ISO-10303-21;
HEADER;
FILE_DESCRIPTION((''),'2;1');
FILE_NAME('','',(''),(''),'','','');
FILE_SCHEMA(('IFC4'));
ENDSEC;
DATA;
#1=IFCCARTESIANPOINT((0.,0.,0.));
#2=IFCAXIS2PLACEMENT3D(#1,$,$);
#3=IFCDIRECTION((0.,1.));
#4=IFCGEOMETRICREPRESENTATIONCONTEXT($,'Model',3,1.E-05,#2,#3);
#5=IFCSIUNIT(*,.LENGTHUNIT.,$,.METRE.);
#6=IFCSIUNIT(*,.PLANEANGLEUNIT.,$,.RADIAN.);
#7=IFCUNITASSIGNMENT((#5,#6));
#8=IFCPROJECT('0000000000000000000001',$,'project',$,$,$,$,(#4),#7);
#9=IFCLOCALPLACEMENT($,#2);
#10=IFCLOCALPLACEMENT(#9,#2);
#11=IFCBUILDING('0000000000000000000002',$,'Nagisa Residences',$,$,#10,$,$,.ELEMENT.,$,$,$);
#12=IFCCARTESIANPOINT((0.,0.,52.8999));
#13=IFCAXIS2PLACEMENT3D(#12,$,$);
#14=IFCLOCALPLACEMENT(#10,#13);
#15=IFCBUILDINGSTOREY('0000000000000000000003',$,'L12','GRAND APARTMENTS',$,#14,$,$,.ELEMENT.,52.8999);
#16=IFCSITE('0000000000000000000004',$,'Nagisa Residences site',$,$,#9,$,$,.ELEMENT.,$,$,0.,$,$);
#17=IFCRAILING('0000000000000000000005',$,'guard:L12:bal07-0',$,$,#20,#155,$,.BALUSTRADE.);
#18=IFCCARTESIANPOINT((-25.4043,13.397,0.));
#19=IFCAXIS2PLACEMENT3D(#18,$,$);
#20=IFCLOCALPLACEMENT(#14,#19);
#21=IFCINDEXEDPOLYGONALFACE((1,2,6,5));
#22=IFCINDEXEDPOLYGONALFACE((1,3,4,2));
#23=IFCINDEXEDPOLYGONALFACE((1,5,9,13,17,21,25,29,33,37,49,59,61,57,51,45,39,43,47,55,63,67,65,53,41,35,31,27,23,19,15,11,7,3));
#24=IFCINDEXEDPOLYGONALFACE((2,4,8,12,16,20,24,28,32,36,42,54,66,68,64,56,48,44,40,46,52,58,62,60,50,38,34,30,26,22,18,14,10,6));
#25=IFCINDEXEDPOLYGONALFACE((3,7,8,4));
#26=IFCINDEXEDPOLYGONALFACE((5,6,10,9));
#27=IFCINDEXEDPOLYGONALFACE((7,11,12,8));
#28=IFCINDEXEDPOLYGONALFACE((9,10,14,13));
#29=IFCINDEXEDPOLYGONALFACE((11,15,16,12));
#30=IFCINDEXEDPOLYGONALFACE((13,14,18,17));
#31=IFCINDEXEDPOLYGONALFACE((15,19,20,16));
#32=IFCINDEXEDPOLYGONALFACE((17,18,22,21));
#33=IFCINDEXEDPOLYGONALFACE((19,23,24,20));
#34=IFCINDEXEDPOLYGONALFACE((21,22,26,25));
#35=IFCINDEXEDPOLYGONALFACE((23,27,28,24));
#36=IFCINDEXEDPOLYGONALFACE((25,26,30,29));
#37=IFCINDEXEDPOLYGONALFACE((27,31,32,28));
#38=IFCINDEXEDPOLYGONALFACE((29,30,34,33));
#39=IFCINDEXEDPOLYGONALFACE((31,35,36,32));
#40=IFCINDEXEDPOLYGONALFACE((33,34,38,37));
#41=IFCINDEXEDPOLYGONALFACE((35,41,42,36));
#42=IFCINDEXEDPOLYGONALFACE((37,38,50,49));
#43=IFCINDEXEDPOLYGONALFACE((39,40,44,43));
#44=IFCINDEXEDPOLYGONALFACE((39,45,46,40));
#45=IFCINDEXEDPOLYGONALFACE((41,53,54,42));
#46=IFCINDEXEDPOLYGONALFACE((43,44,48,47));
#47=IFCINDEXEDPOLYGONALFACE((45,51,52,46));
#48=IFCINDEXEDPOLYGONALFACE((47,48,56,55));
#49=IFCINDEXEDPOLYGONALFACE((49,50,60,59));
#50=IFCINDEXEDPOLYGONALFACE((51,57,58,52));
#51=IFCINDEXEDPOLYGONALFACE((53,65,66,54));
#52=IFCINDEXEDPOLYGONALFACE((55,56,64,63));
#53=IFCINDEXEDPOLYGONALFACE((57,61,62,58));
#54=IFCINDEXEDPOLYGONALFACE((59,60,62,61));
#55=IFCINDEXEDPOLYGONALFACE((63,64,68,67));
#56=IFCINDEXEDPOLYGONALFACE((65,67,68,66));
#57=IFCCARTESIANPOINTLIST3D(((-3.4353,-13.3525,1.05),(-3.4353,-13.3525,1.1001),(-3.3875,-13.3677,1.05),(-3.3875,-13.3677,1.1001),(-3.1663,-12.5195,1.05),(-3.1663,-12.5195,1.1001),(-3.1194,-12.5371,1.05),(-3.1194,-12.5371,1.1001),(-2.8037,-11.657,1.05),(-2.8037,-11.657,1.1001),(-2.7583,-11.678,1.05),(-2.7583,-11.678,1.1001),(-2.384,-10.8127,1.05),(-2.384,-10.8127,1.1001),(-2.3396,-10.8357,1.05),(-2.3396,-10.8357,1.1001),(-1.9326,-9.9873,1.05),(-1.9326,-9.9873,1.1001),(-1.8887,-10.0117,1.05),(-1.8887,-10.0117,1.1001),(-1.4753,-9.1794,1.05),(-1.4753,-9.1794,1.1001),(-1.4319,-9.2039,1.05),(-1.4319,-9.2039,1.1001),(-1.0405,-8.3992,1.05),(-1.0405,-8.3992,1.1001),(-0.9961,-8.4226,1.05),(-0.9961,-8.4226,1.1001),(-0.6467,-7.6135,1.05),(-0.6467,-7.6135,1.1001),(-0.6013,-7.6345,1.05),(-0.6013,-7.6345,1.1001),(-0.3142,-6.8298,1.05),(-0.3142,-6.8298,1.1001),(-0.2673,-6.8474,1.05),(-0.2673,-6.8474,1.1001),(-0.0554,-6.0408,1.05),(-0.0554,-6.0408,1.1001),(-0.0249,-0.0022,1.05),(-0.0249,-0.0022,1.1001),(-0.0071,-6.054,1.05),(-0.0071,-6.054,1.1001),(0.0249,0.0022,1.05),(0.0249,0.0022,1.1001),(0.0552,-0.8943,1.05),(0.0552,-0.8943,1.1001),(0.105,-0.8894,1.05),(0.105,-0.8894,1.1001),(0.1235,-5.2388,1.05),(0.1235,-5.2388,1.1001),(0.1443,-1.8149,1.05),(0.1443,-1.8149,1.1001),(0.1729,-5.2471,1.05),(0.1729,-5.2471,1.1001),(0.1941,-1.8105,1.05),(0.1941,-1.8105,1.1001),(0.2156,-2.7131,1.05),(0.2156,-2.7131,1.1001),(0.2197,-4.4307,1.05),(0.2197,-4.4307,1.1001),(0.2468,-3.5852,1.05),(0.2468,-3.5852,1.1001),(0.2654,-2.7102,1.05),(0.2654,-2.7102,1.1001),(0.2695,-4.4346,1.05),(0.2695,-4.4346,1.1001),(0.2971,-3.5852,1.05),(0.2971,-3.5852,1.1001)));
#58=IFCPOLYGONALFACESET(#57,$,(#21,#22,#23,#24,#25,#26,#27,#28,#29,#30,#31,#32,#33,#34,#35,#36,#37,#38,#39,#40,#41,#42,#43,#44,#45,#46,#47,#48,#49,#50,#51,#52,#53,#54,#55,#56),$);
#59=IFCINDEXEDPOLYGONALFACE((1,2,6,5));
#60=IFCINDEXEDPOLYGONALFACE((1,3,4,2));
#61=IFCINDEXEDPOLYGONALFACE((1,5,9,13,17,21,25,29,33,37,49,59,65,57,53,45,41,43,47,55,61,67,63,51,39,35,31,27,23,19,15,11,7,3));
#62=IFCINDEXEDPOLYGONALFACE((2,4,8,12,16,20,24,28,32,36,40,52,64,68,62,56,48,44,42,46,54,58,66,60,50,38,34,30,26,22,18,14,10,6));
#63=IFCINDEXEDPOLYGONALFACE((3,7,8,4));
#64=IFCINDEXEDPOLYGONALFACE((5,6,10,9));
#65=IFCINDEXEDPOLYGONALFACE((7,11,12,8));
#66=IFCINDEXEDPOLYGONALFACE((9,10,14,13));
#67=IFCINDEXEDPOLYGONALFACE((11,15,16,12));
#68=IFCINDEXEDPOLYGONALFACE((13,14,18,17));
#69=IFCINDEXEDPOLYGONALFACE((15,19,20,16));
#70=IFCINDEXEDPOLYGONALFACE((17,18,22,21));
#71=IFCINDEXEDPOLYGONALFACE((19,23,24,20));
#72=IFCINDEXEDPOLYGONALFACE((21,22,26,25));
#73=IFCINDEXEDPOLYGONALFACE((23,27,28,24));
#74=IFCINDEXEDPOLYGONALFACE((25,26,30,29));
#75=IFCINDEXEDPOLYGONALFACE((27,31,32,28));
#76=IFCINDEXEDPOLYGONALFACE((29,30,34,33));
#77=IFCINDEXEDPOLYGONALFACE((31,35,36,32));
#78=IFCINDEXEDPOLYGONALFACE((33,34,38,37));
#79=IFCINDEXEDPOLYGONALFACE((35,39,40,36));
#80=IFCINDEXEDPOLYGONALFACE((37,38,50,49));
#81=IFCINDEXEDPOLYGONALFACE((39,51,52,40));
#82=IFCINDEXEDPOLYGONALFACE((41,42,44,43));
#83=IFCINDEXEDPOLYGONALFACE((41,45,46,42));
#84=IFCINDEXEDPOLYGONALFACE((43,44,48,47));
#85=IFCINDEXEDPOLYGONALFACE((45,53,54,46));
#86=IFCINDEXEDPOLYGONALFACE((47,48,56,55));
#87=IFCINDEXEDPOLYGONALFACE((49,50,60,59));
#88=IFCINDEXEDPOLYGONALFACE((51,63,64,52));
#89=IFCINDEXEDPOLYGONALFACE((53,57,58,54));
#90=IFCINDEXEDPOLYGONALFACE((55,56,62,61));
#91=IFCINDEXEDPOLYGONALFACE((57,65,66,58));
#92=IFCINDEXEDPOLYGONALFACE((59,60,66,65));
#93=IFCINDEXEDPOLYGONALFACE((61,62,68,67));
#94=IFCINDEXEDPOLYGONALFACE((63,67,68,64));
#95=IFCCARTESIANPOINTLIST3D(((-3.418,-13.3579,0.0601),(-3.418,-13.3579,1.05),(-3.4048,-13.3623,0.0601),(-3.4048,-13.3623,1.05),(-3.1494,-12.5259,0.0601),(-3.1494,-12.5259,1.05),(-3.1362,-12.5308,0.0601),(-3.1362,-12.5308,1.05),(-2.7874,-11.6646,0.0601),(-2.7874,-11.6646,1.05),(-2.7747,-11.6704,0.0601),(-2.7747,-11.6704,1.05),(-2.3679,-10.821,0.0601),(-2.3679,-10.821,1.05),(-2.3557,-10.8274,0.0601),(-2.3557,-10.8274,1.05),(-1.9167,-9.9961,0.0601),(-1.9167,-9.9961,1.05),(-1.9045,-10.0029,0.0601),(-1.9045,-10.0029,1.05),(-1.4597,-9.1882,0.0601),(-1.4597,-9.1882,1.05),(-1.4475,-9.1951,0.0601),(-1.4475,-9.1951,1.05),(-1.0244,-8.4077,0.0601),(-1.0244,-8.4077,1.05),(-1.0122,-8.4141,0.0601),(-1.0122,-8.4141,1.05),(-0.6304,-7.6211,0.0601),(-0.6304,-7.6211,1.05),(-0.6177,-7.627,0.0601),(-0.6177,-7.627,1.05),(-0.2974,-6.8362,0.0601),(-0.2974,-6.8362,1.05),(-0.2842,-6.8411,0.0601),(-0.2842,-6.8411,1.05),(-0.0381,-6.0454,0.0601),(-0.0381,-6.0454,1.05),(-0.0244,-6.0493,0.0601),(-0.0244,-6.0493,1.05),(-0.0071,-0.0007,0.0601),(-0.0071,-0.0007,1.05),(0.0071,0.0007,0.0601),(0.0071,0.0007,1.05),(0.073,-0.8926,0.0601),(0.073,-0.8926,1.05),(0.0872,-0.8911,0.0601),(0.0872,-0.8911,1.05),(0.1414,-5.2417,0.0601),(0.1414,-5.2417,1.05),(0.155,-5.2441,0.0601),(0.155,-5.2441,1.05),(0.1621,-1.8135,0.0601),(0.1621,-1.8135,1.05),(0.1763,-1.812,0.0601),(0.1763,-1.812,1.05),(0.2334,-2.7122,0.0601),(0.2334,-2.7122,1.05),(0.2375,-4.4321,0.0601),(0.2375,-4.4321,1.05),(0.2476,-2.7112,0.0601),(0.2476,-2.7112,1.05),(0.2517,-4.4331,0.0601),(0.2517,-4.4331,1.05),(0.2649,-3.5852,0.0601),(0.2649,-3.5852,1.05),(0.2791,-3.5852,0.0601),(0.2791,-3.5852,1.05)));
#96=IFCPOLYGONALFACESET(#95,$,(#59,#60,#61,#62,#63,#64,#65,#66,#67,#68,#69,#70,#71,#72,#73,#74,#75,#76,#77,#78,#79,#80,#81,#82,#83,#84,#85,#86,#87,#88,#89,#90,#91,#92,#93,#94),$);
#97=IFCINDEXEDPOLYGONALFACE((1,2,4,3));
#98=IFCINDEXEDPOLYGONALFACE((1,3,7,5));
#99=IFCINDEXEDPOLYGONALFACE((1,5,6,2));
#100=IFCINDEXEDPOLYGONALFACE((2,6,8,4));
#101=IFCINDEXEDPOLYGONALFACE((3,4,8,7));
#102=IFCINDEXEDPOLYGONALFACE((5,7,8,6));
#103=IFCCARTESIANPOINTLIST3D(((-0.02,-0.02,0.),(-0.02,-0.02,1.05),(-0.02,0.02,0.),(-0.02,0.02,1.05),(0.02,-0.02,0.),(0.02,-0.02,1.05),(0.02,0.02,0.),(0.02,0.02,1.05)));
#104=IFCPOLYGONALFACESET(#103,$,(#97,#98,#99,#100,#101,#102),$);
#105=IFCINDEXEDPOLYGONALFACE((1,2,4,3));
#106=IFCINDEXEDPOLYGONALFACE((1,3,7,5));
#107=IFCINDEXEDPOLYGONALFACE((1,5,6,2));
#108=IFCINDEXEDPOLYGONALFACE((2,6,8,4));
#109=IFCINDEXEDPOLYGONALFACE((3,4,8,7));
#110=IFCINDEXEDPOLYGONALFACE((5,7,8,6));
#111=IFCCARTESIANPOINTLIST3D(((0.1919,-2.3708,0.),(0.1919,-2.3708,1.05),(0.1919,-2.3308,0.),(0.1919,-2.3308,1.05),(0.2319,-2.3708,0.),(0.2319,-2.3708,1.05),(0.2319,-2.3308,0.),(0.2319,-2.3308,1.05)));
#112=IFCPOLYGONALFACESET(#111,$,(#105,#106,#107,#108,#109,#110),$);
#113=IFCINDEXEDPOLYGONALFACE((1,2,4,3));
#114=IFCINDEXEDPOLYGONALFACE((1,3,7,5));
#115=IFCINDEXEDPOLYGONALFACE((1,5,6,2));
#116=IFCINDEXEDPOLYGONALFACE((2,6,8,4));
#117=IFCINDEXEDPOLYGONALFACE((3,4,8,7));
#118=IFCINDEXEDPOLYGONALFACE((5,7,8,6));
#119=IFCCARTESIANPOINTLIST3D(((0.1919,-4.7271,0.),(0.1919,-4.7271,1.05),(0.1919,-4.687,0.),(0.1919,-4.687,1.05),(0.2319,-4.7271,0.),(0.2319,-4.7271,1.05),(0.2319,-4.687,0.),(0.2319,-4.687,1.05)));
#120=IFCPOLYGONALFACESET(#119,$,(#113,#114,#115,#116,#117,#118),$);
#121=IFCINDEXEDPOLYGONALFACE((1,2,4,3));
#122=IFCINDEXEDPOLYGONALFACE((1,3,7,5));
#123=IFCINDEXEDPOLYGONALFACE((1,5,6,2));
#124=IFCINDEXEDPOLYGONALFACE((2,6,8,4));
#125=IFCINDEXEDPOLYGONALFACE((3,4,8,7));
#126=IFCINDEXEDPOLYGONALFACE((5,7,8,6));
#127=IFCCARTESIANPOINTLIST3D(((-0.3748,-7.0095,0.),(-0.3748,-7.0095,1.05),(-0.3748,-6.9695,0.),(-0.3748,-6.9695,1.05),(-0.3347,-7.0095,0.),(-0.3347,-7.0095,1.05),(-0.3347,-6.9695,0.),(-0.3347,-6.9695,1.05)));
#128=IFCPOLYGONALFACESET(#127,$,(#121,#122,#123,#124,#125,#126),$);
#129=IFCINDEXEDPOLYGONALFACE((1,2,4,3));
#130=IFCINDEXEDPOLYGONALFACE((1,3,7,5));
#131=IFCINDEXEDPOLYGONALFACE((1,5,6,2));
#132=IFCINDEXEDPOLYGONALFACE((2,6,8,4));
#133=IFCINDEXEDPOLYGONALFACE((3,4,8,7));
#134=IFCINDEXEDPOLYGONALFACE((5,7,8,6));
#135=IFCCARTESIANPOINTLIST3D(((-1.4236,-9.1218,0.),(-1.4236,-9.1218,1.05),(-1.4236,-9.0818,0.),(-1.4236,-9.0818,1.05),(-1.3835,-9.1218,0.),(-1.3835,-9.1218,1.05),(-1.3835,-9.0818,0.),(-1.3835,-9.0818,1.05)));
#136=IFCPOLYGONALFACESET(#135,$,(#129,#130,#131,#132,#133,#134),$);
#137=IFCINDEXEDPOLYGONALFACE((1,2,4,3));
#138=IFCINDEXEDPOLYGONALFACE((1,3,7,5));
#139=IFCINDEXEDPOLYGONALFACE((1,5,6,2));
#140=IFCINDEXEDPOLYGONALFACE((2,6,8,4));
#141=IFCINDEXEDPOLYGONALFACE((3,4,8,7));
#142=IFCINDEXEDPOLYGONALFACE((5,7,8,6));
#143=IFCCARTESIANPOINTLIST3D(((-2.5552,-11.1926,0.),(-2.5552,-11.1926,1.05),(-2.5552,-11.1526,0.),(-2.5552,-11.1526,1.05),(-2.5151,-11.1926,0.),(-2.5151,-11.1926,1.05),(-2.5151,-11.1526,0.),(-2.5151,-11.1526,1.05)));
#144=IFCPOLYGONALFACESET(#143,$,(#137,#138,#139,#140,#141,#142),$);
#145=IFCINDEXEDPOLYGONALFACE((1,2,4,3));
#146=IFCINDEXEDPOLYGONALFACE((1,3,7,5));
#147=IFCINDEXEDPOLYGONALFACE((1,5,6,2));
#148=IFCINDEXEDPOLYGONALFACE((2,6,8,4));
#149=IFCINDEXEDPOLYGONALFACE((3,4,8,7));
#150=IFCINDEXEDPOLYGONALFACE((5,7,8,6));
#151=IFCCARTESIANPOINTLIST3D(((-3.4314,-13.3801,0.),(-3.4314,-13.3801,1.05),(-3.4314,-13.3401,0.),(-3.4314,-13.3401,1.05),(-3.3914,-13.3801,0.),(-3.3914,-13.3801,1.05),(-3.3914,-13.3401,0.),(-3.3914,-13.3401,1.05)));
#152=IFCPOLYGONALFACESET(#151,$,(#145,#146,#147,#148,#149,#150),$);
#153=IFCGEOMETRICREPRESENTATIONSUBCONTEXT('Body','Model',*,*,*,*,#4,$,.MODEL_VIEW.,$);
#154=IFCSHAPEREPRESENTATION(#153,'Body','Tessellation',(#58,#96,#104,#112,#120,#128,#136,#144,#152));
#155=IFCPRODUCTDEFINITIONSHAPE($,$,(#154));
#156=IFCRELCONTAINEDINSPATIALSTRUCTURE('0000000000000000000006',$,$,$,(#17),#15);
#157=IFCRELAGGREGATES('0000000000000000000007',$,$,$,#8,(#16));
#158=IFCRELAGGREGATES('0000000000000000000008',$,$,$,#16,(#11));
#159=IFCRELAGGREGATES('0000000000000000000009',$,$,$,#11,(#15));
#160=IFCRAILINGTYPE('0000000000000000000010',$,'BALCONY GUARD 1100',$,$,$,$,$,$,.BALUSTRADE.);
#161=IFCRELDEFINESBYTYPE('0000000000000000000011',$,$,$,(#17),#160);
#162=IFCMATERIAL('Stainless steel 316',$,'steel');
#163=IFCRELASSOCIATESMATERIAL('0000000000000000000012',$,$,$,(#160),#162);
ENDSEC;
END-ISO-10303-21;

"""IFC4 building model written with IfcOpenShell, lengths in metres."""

from ifc_helpers import new_model, si_unit, direction, frame, origin, origin_2d, place, context, subcontext, project, spatial, polyline, rectangle, outline, extrude, material, type_object, element, save


model = new_model("IFC4")

# Units and contexts
model_context = context("Model", 3, precision=1e-05, world=origin(), true_north=direction((0.0, 1.0)))
body_context = subcontext(model_context, "Body", "Model", "MODEL_VIEW")
ifc_project = project(units=[si_unit("LENGTHUNIT", "METRE"), si_unit("PLANEANGLEUNIT", "RADIAN")], contexts=[model_context])

# Site, building, storey
site_placement = place(None, origin())
site = spatial("IfcSite", under=ifc_project, at=site_placement, Name="Nagisa Residences site", CompositionType="ELEMENT", RefElevation=0.0)
building_placement = place(site_placement, origin())
building = spatial("IfcBuilding", under=site, at=building_placement, Name="Nagisa Residences", CompositionType="ELEMENT")
storey_placement = place(building_placement, frame((0.0, 0.0, 52.8999)))
storey = spatial("IfcBuildingStorey", under=building, at=storey_placement, Name="L12", Description="GRAND APARTMENTS", CompositionType="ELEMENT", Elevation=52.8999)

# Railing
ifc_material_1 = material(Name="Stainless steel 316", Category="steel")
railing_type = type_object("IfcRailingType", Name="BALCONY GUARD 1100", PredefinedType="BALUSTRADE", material=ifc_material_1)
railing_1_placement = place(storey_placement, frame((-25.4043, 13.397, 0.0)))
element("IfcRailing", 1, at=railing_1_placement, inside=storey, type_object=railing_type, Name="guard:L12:bal07-0", PredefinedType="BALUSTRADE", context=body_context, shape_type="SweptSolid", body=[
    extrude(outline(polyline([(0.105, -0.8894), (0.0249, 0.0022), (-0.0249, -0.0022), (0.0552, -0.8943), (0.1443, -1.8149), (0.2156, -2.7131), (0.2468, -3.5852), (0.2197, -4.4307), (0.1235, -5.2388), (-0.0554, -6.0408), (-0.3142, -6.8298), (-0.6467, -7.6135), (-1.0405, -8.3992), (-1.4753, -9.1794), (-1.9326, -9.9873), (-2.384, -10.8127), (-2.8037, -11.657), (-3.1663, -12.5195), (-3.4353, -13.3525), (-3.3875, -13.3677), (-3.1194, -12.5371), (-2.7583, -11.678), (-2.3396, -10.8357), (-1.8887, -10.0117), (-1.4319, -9.2039), (-0.9961, -8.4226), (-0.6013, -7.6345), (-0.2673, -6.8474), (-0.0071, -6.054), (0.1729, -5.2471), (0.2695, -4.4346), (0.2971, -3.5852), (0.2654, -2.7102), (0.1941, -1.8105), (0.105, -0.8894)])), frame((0.0, 0.0, 1.05)), (0.0, 0.0, 1.0), 0.05),
    extrude(outline(polyline([(0.0872, -0.8911), (0.0071, 0.0007), (-0.0071, -0.0007), (0.073, -0.8926), (0.1621, -1.8135), (0.2334, -2.7122), (0.2649, -3.5852), (0.2375, -4.4321), (0.1414, -5.2417), (-0.0381, -6.0454), (-0.2974, -6.8362), (-0.6304, -7.6211), (-1.0244, -8.4077), (-1.4597, -9.1882), (-1.9167, -9.9961), (-2.3679, -10.821), (-2.7874, -11.6646), (-3.1494, -12.5259), (-3.418, -13.3579), (-3.4048, -13.3623), (-3.1362, -12.5308), (-2.7747, -11.6704), (-2.3557, -10.8274), (-1.9045, -10.0029), (-1.4475, -9.1951), (-1.0122, -8.4141), (-0.6177, -7.627), (-0.2842, -6.8411), (-0.0244, -6.0493), (0.155, -5.2441), (0.2517, -4.4331), (0.2791, -3.5852), (0.2476, -2.7112), (0.1763, -1.812), (0.0872, -0.8911)])), frame((0.0, 0.0, 0.0601)), (0.0, 0.0, 1.0), 0.99),
    extrude(rectangle(XDim=0.04, YDim=0.04, at=origin_2d()), origin(), (0.0, 0.0, 1.0), 1.05),
    extrude(rectangle(XDim=0.04, YDim=0.04, at=origin_2d()), frame((0.2119, -2.3508, 0.0)), (0.0, 0.0, 1.0), 1.05),
    extrude(rectangle(XDim=0.04, YDim=0.04, at=origin_2d()), frame((0.2119, -4.707, 0.0)), (0.0, 0.0, 1.0), 1.05),
    extrude(rectangle(XDim=0.04, YDim=0.04, at=origin_2d()), frame((-0.3547, -6.9895, 0.0)), (0.0, 0.0, 1.0), 1.05),
    extrude(rectangle(XDim=0.04, YDim=0.04, at=origin_2d()), frame((-1.4036, -9.1018, 0.0)), (0.0, 0.0, 1.0), 1.05),
    extrude(rectangle(XDim=0.04, YDim=0.04, at=origin_2d()), frame((-2.5352, -11.1726, 0.0)), (0.0, 0.0, 1.0), 1.05),
    extrude(rectangle(XDim=0.04, YDim=0.04, at=origin_2d()), frame((-3.4114, -13.3601, 0.0)), (0.0, 0.0, 1.0), 1.05),
])

save(model, "model.ifc")
